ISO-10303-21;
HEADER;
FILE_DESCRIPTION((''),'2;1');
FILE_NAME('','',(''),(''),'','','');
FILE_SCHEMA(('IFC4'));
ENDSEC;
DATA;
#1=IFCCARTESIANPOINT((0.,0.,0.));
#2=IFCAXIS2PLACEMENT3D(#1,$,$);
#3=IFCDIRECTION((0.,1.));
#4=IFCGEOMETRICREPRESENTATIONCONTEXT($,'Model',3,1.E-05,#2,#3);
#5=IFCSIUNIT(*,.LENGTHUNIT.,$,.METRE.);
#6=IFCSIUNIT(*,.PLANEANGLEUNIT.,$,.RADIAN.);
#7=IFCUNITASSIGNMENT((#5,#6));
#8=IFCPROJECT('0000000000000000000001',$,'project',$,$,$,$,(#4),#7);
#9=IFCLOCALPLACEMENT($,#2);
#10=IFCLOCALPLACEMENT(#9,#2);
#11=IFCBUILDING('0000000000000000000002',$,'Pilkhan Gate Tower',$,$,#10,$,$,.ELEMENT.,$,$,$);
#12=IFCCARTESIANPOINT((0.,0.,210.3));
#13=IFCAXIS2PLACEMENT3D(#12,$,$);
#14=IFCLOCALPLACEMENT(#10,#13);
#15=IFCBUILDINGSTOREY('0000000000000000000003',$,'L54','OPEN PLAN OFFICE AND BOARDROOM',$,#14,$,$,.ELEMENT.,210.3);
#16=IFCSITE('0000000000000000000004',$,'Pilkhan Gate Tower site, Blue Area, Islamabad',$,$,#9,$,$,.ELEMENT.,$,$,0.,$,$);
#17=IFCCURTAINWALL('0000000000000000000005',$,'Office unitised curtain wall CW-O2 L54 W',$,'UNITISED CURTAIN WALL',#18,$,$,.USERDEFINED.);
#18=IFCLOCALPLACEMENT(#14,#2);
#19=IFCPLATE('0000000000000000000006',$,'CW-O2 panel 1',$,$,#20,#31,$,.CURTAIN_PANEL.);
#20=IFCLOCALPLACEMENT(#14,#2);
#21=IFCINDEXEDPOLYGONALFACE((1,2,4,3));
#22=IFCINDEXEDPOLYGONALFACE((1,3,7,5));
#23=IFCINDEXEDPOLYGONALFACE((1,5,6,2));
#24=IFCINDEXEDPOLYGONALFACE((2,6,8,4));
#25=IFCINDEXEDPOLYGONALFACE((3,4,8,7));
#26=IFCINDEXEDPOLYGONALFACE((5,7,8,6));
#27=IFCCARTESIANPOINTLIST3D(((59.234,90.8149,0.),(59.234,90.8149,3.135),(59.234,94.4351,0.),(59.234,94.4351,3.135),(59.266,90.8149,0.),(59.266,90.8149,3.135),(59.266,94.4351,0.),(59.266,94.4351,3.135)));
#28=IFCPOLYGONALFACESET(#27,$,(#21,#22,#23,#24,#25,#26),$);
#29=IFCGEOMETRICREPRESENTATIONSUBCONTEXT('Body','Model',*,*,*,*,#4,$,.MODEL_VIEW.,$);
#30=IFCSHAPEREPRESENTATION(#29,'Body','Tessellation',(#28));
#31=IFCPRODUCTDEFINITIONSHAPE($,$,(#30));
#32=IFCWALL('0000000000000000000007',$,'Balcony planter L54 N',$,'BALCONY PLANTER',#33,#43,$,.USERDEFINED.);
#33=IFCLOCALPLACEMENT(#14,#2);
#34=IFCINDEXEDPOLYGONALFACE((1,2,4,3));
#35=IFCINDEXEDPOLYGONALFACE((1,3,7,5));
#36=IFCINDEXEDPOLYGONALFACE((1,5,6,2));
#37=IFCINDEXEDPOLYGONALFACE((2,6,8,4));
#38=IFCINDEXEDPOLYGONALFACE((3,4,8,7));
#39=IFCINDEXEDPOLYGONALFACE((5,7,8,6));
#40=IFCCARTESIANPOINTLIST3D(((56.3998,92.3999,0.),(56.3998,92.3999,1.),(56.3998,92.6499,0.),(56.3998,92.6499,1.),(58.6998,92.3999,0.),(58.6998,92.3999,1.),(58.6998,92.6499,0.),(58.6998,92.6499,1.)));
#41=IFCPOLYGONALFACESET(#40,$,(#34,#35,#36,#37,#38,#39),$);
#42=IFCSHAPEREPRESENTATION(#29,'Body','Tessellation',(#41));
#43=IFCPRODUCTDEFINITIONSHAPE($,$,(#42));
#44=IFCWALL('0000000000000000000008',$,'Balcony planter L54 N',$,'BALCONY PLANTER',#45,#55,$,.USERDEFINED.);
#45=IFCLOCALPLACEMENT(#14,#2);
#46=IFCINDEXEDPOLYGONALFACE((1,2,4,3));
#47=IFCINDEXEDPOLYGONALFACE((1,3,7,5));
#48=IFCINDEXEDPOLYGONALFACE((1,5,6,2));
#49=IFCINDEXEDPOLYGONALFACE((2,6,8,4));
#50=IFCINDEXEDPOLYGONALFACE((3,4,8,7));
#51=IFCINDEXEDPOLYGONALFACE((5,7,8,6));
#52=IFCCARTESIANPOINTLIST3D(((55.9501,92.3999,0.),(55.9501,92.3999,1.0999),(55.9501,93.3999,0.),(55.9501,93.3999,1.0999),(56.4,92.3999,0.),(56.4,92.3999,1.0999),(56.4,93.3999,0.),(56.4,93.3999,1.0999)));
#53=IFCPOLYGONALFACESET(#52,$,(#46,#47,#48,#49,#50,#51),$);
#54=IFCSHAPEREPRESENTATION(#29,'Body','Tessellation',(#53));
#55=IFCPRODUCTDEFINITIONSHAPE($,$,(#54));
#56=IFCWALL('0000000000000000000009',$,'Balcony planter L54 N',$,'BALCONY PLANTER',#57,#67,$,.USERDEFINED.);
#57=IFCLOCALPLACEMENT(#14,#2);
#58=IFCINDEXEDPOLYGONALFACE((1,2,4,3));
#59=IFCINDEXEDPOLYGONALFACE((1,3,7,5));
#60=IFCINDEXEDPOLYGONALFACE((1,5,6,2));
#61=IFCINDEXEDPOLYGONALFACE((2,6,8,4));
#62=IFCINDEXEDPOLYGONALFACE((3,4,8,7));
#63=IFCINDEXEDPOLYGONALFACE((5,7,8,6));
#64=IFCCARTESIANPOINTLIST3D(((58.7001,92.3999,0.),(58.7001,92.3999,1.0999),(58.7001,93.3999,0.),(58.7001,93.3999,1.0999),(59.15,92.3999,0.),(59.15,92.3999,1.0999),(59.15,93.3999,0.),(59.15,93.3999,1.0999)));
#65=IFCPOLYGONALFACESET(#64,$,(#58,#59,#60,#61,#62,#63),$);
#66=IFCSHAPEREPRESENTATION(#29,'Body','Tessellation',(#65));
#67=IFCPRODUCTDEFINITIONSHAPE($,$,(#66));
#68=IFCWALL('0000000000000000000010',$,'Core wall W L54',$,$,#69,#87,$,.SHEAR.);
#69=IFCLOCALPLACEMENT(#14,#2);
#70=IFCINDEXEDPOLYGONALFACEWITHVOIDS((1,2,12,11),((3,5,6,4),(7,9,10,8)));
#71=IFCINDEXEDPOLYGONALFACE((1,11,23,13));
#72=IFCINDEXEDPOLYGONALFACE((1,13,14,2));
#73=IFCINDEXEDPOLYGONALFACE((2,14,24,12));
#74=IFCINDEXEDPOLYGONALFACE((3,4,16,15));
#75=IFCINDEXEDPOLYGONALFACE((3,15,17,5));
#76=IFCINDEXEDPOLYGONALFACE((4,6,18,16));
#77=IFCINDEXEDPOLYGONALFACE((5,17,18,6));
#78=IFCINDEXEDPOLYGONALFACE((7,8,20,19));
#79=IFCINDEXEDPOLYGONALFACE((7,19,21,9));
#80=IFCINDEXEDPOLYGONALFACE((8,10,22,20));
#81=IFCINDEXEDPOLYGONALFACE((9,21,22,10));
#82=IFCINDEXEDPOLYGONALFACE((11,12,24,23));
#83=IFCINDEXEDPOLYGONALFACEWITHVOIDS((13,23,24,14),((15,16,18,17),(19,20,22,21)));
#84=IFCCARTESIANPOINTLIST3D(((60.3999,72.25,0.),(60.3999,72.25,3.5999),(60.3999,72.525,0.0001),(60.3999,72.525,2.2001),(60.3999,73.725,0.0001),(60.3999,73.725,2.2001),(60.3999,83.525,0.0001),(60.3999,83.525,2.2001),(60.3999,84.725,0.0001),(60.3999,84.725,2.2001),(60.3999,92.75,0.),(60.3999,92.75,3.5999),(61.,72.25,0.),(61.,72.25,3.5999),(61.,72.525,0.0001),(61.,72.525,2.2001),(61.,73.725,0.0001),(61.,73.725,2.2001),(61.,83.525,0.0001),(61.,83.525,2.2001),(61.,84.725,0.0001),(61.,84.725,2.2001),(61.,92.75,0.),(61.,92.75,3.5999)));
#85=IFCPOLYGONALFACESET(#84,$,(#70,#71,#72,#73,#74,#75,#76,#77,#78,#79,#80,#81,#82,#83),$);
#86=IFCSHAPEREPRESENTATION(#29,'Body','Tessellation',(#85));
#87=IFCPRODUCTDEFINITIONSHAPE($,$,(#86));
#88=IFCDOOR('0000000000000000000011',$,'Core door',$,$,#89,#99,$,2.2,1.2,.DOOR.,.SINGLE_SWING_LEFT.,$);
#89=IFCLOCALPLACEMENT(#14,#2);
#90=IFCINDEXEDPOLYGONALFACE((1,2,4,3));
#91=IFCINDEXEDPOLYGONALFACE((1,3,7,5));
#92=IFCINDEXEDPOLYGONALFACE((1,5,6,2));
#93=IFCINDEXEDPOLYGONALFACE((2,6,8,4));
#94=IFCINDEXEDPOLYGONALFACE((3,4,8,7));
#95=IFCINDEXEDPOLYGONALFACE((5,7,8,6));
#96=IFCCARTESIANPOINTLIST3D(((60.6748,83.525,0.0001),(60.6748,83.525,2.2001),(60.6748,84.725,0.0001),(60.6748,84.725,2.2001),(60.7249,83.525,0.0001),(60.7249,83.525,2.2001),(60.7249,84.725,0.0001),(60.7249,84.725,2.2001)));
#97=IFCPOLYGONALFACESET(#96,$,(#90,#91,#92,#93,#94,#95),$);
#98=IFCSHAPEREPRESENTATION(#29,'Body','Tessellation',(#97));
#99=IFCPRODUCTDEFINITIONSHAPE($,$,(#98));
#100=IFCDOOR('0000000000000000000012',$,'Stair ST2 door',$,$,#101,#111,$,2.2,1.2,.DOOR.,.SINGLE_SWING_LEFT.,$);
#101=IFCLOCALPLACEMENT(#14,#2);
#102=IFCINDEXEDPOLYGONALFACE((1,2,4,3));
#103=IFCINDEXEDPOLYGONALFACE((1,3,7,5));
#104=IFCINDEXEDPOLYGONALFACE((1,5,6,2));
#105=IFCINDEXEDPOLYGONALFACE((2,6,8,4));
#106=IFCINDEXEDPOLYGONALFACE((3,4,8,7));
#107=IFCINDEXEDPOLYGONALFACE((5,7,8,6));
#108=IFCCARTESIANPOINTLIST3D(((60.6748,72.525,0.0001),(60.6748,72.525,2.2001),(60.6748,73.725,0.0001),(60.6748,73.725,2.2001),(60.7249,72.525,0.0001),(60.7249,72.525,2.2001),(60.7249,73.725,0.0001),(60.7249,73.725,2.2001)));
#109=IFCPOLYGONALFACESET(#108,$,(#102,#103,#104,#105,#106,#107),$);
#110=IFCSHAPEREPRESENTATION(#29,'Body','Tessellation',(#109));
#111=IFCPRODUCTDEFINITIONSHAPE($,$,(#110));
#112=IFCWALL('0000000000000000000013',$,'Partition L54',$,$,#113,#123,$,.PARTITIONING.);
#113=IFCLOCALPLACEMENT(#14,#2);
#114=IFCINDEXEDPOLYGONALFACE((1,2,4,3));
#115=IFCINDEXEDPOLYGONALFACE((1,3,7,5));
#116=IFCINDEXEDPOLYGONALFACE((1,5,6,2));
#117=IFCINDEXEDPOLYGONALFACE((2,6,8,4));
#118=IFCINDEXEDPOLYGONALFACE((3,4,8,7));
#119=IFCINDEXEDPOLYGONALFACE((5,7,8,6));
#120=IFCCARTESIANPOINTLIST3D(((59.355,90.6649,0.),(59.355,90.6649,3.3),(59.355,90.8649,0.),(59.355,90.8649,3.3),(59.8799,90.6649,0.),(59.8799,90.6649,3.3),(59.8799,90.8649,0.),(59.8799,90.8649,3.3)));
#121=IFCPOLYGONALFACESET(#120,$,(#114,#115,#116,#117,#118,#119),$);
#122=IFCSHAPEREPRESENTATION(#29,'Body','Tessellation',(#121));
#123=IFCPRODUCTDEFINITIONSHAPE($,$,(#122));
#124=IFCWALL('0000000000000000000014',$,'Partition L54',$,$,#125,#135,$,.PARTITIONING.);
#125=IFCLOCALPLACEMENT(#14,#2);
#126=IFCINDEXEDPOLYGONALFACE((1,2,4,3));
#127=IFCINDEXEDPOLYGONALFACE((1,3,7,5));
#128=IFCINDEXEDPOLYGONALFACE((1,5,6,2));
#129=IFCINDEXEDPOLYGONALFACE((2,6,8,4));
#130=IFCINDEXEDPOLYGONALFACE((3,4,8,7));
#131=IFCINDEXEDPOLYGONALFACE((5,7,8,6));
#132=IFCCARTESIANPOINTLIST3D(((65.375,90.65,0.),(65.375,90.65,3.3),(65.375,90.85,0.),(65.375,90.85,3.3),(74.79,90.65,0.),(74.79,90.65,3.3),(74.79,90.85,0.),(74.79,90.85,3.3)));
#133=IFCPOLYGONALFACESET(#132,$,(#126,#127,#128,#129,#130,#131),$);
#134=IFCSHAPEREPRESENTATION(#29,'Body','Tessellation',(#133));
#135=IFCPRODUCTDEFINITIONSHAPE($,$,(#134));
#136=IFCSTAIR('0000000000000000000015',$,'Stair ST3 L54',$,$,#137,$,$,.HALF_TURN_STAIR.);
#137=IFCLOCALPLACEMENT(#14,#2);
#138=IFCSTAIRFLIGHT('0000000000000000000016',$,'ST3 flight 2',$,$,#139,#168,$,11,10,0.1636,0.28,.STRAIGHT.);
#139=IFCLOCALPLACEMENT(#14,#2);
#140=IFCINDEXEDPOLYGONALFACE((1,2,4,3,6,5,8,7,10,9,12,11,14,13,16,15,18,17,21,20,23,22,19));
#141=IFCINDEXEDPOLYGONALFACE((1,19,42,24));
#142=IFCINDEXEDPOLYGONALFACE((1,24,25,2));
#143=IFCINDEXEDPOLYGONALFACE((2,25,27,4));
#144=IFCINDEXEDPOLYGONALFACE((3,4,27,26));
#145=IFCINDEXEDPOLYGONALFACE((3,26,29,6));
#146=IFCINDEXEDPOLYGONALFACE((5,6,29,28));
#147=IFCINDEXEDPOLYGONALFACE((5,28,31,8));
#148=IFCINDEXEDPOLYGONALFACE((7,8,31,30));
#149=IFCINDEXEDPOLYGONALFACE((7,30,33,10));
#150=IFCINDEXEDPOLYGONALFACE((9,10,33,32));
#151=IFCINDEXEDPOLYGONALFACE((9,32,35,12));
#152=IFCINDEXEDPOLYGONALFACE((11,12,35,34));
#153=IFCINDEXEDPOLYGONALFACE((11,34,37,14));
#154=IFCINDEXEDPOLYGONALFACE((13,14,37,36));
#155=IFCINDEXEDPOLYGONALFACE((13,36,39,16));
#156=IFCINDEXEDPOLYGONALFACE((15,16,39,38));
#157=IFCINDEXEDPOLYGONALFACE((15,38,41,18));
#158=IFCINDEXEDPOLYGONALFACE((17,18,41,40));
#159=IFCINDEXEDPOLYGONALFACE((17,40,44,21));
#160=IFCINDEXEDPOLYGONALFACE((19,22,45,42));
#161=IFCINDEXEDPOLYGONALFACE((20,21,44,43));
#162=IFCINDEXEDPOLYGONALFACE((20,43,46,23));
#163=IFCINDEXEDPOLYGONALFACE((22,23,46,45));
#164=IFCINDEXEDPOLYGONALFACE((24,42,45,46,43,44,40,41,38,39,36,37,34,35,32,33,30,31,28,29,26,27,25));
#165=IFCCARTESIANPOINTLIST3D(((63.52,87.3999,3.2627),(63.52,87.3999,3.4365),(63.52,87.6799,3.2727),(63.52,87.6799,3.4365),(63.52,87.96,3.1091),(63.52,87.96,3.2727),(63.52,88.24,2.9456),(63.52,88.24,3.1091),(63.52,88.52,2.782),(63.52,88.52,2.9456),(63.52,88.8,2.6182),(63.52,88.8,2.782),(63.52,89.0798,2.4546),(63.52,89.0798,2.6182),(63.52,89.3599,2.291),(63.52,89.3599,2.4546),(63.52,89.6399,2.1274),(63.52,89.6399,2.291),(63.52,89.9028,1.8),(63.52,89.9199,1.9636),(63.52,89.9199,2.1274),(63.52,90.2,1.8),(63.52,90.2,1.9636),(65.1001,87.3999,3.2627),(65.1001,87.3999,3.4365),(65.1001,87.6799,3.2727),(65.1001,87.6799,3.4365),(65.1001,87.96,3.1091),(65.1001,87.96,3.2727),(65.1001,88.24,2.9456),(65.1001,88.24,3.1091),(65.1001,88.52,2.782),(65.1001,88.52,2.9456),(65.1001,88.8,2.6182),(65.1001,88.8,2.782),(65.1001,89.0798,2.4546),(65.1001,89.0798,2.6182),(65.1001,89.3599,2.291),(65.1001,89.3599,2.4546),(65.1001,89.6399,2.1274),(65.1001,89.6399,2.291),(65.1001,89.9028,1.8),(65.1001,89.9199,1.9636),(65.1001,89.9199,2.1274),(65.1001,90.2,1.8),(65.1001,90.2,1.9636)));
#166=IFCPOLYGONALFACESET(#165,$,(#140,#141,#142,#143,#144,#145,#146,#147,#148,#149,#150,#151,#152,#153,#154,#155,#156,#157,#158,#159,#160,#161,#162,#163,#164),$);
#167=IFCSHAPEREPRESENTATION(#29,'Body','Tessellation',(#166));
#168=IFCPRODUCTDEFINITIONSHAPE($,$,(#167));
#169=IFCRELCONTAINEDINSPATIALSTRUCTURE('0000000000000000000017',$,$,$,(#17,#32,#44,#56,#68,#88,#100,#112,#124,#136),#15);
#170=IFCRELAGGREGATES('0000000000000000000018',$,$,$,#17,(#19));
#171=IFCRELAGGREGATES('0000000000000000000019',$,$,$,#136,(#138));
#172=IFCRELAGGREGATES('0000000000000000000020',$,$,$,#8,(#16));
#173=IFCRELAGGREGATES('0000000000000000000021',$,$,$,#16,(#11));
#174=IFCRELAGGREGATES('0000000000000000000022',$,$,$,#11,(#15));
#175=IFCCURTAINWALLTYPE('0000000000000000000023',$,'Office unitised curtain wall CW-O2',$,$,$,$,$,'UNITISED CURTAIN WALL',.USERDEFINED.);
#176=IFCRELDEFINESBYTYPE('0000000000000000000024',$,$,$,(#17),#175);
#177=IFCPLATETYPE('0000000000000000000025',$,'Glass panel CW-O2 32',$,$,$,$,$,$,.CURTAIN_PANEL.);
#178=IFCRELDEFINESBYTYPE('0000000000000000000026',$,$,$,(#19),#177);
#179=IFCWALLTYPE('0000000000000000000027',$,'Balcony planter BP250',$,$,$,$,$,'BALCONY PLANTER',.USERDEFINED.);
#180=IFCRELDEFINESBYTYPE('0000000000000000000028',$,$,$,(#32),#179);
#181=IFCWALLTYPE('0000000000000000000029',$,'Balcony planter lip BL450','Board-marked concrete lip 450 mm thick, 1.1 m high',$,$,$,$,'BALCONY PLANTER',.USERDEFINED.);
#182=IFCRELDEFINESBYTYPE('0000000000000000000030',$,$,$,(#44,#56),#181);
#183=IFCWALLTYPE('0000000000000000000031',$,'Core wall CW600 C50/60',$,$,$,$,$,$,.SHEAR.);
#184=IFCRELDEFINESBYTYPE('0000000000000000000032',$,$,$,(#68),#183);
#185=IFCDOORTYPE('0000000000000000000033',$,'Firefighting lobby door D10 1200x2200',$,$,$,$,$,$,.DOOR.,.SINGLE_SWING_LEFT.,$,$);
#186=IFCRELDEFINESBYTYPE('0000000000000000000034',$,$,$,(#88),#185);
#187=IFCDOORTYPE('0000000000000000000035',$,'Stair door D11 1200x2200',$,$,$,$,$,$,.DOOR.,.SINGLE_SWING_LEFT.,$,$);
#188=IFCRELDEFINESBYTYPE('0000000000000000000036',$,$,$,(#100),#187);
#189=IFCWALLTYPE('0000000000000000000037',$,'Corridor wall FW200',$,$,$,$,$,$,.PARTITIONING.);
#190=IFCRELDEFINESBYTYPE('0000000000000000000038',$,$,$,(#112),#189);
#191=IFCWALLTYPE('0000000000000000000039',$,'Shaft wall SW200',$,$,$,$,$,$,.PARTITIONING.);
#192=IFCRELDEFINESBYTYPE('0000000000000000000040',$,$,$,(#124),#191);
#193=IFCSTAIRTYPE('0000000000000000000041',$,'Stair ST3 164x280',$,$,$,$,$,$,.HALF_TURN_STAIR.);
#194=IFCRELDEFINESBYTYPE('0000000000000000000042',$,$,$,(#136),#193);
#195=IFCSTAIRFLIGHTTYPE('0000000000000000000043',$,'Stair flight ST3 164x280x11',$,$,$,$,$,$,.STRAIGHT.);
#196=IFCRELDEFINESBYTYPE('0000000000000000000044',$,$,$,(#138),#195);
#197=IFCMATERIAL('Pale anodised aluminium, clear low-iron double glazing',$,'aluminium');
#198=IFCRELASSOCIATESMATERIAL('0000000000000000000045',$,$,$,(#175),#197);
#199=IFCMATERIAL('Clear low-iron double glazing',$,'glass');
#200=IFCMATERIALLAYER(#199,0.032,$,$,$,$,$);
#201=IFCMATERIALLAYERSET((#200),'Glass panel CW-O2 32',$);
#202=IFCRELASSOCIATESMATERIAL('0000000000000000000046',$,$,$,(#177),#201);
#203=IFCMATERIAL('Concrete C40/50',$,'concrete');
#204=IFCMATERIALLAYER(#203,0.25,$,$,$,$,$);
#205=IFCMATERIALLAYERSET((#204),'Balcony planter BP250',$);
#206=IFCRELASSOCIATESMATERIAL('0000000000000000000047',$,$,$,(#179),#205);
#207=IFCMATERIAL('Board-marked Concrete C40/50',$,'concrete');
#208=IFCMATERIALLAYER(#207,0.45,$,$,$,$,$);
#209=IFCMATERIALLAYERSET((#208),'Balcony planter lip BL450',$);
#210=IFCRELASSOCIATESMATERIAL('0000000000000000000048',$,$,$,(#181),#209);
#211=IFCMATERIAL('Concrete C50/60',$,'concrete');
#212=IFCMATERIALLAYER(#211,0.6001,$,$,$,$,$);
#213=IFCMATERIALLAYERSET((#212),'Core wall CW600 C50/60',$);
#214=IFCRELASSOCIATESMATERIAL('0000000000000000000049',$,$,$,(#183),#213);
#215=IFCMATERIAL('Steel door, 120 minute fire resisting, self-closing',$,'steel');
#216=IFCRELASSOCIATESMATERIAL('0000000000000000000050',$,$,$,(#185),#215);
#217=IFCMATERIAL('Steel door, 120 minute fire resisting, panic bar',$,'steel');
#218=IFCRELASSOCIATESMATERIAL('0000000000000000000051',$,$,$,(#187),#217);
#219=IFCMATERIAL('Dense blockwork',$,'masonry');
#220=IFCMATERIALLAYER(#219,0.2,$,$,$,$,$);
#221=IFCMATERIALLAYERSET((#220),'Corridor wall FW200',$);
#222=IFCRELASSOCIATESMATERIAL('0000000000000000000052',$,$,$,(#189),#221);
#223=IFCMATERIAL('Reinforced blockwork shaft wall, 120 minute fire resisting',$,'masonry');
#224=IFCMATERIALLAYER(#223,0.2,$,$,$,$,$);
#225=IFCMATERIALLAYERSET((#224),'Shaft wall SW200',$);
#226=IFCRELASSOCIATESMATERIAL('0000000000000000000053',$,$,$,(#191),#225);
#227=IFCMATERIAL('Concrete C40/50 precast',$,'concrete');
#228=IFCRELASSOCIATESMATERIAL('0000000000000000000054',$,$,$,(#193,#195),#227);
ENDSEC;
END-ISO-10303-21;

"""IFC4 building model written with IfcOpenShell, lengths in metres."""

from ifc_helpers import new_model, si_unit, direction, frame, frame_2d, origin, origin_2d, place, context, subcontext, project, spatial, polyline, rectangle, outline, extrude, material, layer, layer_set, type_object, element, fill, aggregate, save


model = new_model("IFC4")

# Units and contexts
model_context = context("Model", 3, precision=1e-05, world=origin(), true_north=direction((0.0, 1.0)))
body_context = subcontext(model_context, "Body", "Model", "MODEL_VIEW")
ifc_project = project(units=[si_unit("LENGTHUNIT", "METRE"), si_unit("PLANEANGLEUNIT", "RADIAN")], contexts=[model_context])

# Site, building, storey
site_placement = place(None, origin())
site = spatial("IfcSite", under=ifc_project, at=site_placement, Name="Pilkhan Gate Tower site, Blue Area, Islamabad", CompositionType="ELEMENT", RefElevation=0.0)
building_placement = place(site_placement, origin())
building = spatial("IfcBuilding", under=site, at=building_placement, Name="Pilkhan Gate Tower", CompositionType="ELEMENT")
storey_placement = place(building_placement, frame((0.0, 0.0, 210.3)))
storey = spatial("IfcBuildingStorey", under=building, at=storey_placement, Name="L54", Description="OPEN PLAN OFFICE AND BOARDROOM", CompositionType="ELEMENT", Elevation=210.3)

# Shared definitions
ifc_material_1 = material(Name="Concrete C50/60", Category="concrete")

# Curtain wall
ifc_material_2 = material(Name="Pale anodised aluminium, clear low-iron double glazing", Category="aluminium")
curtain_wall_type = type_object("IfcCurtainWallType", Name="Office unitised curtain wall CW-O2", ElementType="UNITISED CURTAIN WALL", PredefinedType="USERDEFINED", material=ifc_material_2)
curtain_wall_1_placement = place(storey_placement, origin())
curtain_wall_1 = element("IfcCurtainWall", 1, at=curtain_wall_1_placement, inside=storey, type_object=curtain_wall_type, Name="Office unitised curtain wall CW-O2 L54 W", ObjectType="UNITISED CURTAIN WALL", PredefinedType="USERDEFINED")

# Plate
ifc_material_3 = material(Name="Clear low-iron double glazing", Category="glass")
ifc_layer_1 = layer(ifc_material_3, 0.032)
ifc_layer_set_1 = layer_set([ifc_layer_1], Name="Glass panel CW-O2 32")
plate_type = type_object("IfcPlateType", Name="Glass panel CW-O2 32", PredefinedType="CURTAIN_PANEL", material=ifc_layer_set_1)
plate_1_placement = place(storey_placement, frame((59.25, 92.625, 0.0), z_axis=(0.0, 0.0, 1.0), x_axis=(0.0, 1.0, 0.0)))
plate_1 = element("IfcPlate", 2, at=plate_1_placement, type_object=plate_type, Name="CW-O2 panel 1", PredefinedType="CURTAIN_PANEL", context=body_context, shape_type="SweptSolid", body=[
    extrude(rectangle(XDim=3.6201, YDim=0.032, at=origin_2d()), origin(), (0.0, 0.0, 1.0), 3.135),
])
aggregate(curtain_wall_1, [plate_1])

# Walls
ifc_material_4 = material(Name="Concrete C40/50", Category="concrete")
ifc_layer_2 = layer(ifc_material_4, 0.25)
ifc_layer_set_2 = layer_set([ifc_layer_2], Name="Balcony planter BP250")
wall_type_1 = type_object("IfcWallType", Name="Balcony planter BP250", ElementType="BALCONY PLANTER", PredefinedType="USERDEFINED", material=ifc_layer_set_2)
wall_1_placement = place(storey_placement, frame((56.3999, 92.5249, 0.0), z_axis=(0.0, 0.0, 1.0), x_axis=(1.0, 0.0, 0.0)))
element("IfcWall", 3, at=wall_1_placement, inside=storey, type_object=wall_type_1, Name="Balcony planter L54 N", ObjectType="BALCONY PLANTER", PredefinedType="USERDEFINED", context=body_context, shape_type="SweptSolid", body=[
    extrude(rectangle(XDim=2.3, YDim=0.25, at=frame_2d((1.1499, 0.0))), origin(), (0.0, 0.0, 1.0), 1.0),
])
ifc_material_5 = material(Name="Board-marked Concrete C40/50", Category="concrete")
ifc_layer_3 = layer(ifc_material_5, 0.45)
ifc_layer_set_3 = layer_set([ifc_layer_3], Name="Balcony planter lip BL450")
wall_type_2 = type_object("IfcWallType", Name="Balcony planter lip BL450", Description="Board-marked concrete lip 450 mm thick, 1.1 m high", ElementType="BALCONY PLANTER", PredefinedType="USERDEFINED", material=ifc_layer_set_3)
for number, where, z_axis, x_axis, name in (
    (4, (56.175, 92.3999, 0.0), (0.0, 0.0, 1.0), (0.0, 1.0, 0.0), "Balcony planter L54 N"),
    (5, (58.925, 92.3999, 0.0), (0.0, 0.0, 1.0), (0.0, 1.0, 0.0), "Balcony planter L54 N"),
):
    element("IfcWall", number, at=place(storey_placement, frame(where, z_axis=z_axis, x_axis=x_axis)), inside=storey, type_object=wall_type_2, Name=name, ObjectType="BALCONY PLANTER", PredefinedType="USERDEFINED", context=body_context, shape_type="SweptSolid", body=[
        extrude(rectangle(XDim=1.0, YDim=0.45, at=frame_2d((0.5, 0.0))), origin(), (0.0, 0.0, 1.0), 1.0999),
    ])

# Wall, openings, doors
ifc_layer_4 = layer(ifc_material_1, 0.6001)
ifc_layer_set_4 = layer_set([ifc_layer_4], Name="Core wall CW600 C50/60")
wall_type_3 = type_object("IfcWallType", Name="Core wall CW600 C50/60", PredefinedType="SHEAR", material=ifc_layer_set_4)
wall_2_placement = place(storey_placement, frame((60.7, 92.75, 0.0), z_axis=(0.0, 0.0, 1.0), x_axis=(0.0, -1.0, 0.0)))
wall_2 = element("IfcWall", 6, at=wall_2_placement, inside=storey, type_object=wall_type_3, Name="Core wall W L54", PredefinedType="SHEAR", context=body_context, shape_type="SweptSolid", body=[
    extrude(rectangle(XDim=20.5, YDim=0.6001, at=frame_2d((10.25, 0.0))), origin(), (0.0, 0.0, 1.0), 3.5999),
])
opening_1_placement = place(wall_2_placement, frame((19.0249, 0.0, 0.0)))
opening_1 = element("IfcOpeningElement", 7, at=opening_1_placement, cuts=wall_2, PredefinedType="OPENING", context=body_context, shape_type="SweptSolid", body=[
    extrude(rectangle(XDim=1.2, YDim=2.2, at=frame_2d((0.6001, 1.1001))), frame((0.0, 0.3101, 0.0), z_axis=(0.0, -1.0, 0.0), x_axis=(1.0, 0.0, 0.0)), (0.0, 0.0, 1.0), 0.6201),
])
opening_2_placement = place(wall_2_placement, frame((8.0249, 0.0, 0.0)))
opening_2 = element("IfcOpeningElement", 8, at=opening_2_placement, cuts=wall_2, PredefinedType="OPENING", context=body_context, shape_type="SweptSolid", body=[
    extrude(rectangle(XDim=1.2, YDim=2.2, at=frame_2d((0.6001, 1.1001))), frame((0.0, 0.3101, 0.0), z_axis=(0.0, -1.0, 0.0), x_axis=(1.0, 0.0, 0.0)), (0.0, 0.0, 1.0), 0.6201),
])
ifc_material_6 = material(Name="Steel door, 120 minute fire resisting, self-closing", Category="steel")
door_type_1 = type_object("IfcDoorType", Name="Firefighting lobby door D10 1200x2200", OperationType="SINGLE_SWING_LEFT", PredefinedType="DOOR", material=ifc_material_6)
door_1_placement = place(opening_2_placement, origin())
door_1 = element("IfcDoor", 9, at=door_1_placement, inside=storey, type_object=door_type_1, Name="Core door", OperationType="SINGLE_SWING_LEFT", OverallHeight=2.2, OverallWidth=1.2, PredefinedType="DOOR", context=body_context, shape_type="SweptSolid", body=[
    extrude(rectangle(XDim=1.2, YDim=2.2, at=frame_2d((0.6001, 1.1001))), frame((0.0, 0.0249, 0.0), z_axis=(0.0, -1.0, 0.0), x_axis=(1.0, 0.0, 0.0)), (0.0, 0.0, 1.0), 0.05),
])
fill(opening_2, door_1)
ifc_material_7 = material(Name="Steel door, 120 minute fire resisting, panic bar", Category="steel")
door_type_2 = type_object("IfcDoorType", Name="Stair door D11 1200x2200", OperationType="SINGLE_SWING_LEFT", PredefinedType="DOOR", material=ifc_material_7)
door_2_placement = place(opening_1_placement, origin())
door_2 = element("IfcDoor", 10, at=door_2_placement, inside=storey, type_object=door_type_2, Name="Stair ST2 door", OperationType="SINGLE_SWING_LEFT", OverallHeight=2.2, OverallWidth=1.2, PredefinedType="DOOR", context=body_context, shape_type="SweptSolid", body=[
    extrude(rectangle(XDim=1.2, YDim=2.2, at=frame_2d((0.6001, 1.1001))), frame((0.0, 0.0249, 0.0), z_axis=(0.0, -1.0, 0.0), x_axis=(1.0, 0.0, 0.0)), (0.0, 0.0, 1.0), 0.05),
])
fill(opening_1, door_2)

# Wall
ifc_material_8 = material(Name="Dense blockwork", Category="masonry")
ifc_layer_5 = layer(ifc_material_8, 0.2)
ifc_layer_set_5 = layer_set([ifc_layer_5], Name="Corridor wall FW200")
wall_type_4 = type_object("IfcWallType", Name="Corridor wall FW200", PredefinedType="PARTITIONING", material=ifc_layer_set_5)
wall_3_placement = place(storey_placement, frame((59.355, 90.7649, 0.0), z_axis=(0.0, 0.0, 1.0), x_axis=(1.0, 0.0, 0.0)))
element("IfcWall", 11, at=wall_3_placement, inside=storey, type_object=wall_type_4, Name="Partition L54", PredefinedType="PARTITIONING", context=body_context, shape_type="SweptSolid", body=[
    extrude(rectangle(XDim=0.5249, YDim=0.2, at=frame_2d((0.2625, 0.0))), origin(), (0.0, 0.0, 1.0), 3.3),
])

# Wall
ifc_material_9 = material(Name="Reinforced blockwork shaft wall, 120 minute fire resisting", Category="masonry")
ifc_layer_6 = layer(ifc_material_9, 0.2)
ifc_layer_set_6 = layer_set([ifc_layer_6], Name="Shaft wall SW200")
wall_type_5 = type_object("IfcWallType", Name="Shaft wall SW200", PredefinedType="PARTITIONING", material=ifc_layer_set_6)
wall_4_placement = place(storey_placement, frame((65.375, 90.75, 0.0), z_axis=(0.0, 0.0, 1.0), x_axis=(1.0, 0.0, 0.0)))
element("IfcWall", 12, at=wall_4_placement, inside=storey, type_object=wall_type_5, Name="Partition L54", PredefinedType="PARTITIONING", context=body_context, shape_type="SweptSolid", body=[
    extrude(rectangle(XDim=9.415, YDim=0.2, at=frame_2d((4.7075, 0.0))), origin(), (0.0, 0.0, 1.0), 3.3),
])

# Stair, stair flight
ifc_material_10 = material(Name="Concrete C40/50 precast", Category="concrete")
stair_type = type_object("IfcStairType", Name="Stair ST3 164x280", PredefinedType="HALF_TURN_STAIR", material=ifc_material_10)
stair_placement = place(storey_placement, origin())
stair = element("IfcStair", 13, at=stair_placement, inside=storey, type_object=stair_type, Name="Stair ST3 L54", PredefinedType="HALF_TURN_STAIR")
stair_flight_type = type_object("IfcStairFlightType", Name="Stair flight ST3 164x280x11", PredefinedType="STRAIGHT", material=ifc_material_10)
stair_flight_placement = place(storey_placement, frame((64.3101, 90.2, 1.8), z_axis=(0.0, 0.0, 1.0), x_axis=(0.0, -1.0, 0.0)))
stair_flight = element("IfcStairFlight", 14, at=stair_flight_placement, type_object=stair_flight_type, Name="ST3 flight 2", NumberOfRisers=11, NumberOfTreads=10, PredefinedType="STRAIGHT", RiserHeight=0.1636, TreadLength=0.28, context=body_context, shape_type="SweptSolid", body=[
    extrude(outline(polyline([(0.0, 0.0), (0.0, 0.1636), (0.28, 0.1636), (0.28, 0.3274), (0.5601, 0.3274), (0.5601, 0.491), (0.8401, 0.491), (0.8401, 0.6545), (1.1201, 0.6545), (1.1201, 0.8181), (1.3999, 0.8181), (1.3999, 0.9819), (1.6799, 0.9819), (1.6799, 1.1455), (1.96, 1.1455), (1.96, 1.3091), (2.24, 1.3091), (2.24, 1.4727), (2.52, 1.4727), (2.52, 1.6365), (2.8, 1.6365), (2.8, 1.8), (2.8, 1.4626), (0.2971, 0.0), (0.0, 0.0)])), frame((0.0, 0.79, 0.0), z_axis=(0.0, -1.0, 0.0), x_axis=(1.0, 0.0, 0.0)), (0.0, 0.0, 1.0), 1.5801),
])
aggregate(stair, [stair_flight])

save(model, "model.ifc")
